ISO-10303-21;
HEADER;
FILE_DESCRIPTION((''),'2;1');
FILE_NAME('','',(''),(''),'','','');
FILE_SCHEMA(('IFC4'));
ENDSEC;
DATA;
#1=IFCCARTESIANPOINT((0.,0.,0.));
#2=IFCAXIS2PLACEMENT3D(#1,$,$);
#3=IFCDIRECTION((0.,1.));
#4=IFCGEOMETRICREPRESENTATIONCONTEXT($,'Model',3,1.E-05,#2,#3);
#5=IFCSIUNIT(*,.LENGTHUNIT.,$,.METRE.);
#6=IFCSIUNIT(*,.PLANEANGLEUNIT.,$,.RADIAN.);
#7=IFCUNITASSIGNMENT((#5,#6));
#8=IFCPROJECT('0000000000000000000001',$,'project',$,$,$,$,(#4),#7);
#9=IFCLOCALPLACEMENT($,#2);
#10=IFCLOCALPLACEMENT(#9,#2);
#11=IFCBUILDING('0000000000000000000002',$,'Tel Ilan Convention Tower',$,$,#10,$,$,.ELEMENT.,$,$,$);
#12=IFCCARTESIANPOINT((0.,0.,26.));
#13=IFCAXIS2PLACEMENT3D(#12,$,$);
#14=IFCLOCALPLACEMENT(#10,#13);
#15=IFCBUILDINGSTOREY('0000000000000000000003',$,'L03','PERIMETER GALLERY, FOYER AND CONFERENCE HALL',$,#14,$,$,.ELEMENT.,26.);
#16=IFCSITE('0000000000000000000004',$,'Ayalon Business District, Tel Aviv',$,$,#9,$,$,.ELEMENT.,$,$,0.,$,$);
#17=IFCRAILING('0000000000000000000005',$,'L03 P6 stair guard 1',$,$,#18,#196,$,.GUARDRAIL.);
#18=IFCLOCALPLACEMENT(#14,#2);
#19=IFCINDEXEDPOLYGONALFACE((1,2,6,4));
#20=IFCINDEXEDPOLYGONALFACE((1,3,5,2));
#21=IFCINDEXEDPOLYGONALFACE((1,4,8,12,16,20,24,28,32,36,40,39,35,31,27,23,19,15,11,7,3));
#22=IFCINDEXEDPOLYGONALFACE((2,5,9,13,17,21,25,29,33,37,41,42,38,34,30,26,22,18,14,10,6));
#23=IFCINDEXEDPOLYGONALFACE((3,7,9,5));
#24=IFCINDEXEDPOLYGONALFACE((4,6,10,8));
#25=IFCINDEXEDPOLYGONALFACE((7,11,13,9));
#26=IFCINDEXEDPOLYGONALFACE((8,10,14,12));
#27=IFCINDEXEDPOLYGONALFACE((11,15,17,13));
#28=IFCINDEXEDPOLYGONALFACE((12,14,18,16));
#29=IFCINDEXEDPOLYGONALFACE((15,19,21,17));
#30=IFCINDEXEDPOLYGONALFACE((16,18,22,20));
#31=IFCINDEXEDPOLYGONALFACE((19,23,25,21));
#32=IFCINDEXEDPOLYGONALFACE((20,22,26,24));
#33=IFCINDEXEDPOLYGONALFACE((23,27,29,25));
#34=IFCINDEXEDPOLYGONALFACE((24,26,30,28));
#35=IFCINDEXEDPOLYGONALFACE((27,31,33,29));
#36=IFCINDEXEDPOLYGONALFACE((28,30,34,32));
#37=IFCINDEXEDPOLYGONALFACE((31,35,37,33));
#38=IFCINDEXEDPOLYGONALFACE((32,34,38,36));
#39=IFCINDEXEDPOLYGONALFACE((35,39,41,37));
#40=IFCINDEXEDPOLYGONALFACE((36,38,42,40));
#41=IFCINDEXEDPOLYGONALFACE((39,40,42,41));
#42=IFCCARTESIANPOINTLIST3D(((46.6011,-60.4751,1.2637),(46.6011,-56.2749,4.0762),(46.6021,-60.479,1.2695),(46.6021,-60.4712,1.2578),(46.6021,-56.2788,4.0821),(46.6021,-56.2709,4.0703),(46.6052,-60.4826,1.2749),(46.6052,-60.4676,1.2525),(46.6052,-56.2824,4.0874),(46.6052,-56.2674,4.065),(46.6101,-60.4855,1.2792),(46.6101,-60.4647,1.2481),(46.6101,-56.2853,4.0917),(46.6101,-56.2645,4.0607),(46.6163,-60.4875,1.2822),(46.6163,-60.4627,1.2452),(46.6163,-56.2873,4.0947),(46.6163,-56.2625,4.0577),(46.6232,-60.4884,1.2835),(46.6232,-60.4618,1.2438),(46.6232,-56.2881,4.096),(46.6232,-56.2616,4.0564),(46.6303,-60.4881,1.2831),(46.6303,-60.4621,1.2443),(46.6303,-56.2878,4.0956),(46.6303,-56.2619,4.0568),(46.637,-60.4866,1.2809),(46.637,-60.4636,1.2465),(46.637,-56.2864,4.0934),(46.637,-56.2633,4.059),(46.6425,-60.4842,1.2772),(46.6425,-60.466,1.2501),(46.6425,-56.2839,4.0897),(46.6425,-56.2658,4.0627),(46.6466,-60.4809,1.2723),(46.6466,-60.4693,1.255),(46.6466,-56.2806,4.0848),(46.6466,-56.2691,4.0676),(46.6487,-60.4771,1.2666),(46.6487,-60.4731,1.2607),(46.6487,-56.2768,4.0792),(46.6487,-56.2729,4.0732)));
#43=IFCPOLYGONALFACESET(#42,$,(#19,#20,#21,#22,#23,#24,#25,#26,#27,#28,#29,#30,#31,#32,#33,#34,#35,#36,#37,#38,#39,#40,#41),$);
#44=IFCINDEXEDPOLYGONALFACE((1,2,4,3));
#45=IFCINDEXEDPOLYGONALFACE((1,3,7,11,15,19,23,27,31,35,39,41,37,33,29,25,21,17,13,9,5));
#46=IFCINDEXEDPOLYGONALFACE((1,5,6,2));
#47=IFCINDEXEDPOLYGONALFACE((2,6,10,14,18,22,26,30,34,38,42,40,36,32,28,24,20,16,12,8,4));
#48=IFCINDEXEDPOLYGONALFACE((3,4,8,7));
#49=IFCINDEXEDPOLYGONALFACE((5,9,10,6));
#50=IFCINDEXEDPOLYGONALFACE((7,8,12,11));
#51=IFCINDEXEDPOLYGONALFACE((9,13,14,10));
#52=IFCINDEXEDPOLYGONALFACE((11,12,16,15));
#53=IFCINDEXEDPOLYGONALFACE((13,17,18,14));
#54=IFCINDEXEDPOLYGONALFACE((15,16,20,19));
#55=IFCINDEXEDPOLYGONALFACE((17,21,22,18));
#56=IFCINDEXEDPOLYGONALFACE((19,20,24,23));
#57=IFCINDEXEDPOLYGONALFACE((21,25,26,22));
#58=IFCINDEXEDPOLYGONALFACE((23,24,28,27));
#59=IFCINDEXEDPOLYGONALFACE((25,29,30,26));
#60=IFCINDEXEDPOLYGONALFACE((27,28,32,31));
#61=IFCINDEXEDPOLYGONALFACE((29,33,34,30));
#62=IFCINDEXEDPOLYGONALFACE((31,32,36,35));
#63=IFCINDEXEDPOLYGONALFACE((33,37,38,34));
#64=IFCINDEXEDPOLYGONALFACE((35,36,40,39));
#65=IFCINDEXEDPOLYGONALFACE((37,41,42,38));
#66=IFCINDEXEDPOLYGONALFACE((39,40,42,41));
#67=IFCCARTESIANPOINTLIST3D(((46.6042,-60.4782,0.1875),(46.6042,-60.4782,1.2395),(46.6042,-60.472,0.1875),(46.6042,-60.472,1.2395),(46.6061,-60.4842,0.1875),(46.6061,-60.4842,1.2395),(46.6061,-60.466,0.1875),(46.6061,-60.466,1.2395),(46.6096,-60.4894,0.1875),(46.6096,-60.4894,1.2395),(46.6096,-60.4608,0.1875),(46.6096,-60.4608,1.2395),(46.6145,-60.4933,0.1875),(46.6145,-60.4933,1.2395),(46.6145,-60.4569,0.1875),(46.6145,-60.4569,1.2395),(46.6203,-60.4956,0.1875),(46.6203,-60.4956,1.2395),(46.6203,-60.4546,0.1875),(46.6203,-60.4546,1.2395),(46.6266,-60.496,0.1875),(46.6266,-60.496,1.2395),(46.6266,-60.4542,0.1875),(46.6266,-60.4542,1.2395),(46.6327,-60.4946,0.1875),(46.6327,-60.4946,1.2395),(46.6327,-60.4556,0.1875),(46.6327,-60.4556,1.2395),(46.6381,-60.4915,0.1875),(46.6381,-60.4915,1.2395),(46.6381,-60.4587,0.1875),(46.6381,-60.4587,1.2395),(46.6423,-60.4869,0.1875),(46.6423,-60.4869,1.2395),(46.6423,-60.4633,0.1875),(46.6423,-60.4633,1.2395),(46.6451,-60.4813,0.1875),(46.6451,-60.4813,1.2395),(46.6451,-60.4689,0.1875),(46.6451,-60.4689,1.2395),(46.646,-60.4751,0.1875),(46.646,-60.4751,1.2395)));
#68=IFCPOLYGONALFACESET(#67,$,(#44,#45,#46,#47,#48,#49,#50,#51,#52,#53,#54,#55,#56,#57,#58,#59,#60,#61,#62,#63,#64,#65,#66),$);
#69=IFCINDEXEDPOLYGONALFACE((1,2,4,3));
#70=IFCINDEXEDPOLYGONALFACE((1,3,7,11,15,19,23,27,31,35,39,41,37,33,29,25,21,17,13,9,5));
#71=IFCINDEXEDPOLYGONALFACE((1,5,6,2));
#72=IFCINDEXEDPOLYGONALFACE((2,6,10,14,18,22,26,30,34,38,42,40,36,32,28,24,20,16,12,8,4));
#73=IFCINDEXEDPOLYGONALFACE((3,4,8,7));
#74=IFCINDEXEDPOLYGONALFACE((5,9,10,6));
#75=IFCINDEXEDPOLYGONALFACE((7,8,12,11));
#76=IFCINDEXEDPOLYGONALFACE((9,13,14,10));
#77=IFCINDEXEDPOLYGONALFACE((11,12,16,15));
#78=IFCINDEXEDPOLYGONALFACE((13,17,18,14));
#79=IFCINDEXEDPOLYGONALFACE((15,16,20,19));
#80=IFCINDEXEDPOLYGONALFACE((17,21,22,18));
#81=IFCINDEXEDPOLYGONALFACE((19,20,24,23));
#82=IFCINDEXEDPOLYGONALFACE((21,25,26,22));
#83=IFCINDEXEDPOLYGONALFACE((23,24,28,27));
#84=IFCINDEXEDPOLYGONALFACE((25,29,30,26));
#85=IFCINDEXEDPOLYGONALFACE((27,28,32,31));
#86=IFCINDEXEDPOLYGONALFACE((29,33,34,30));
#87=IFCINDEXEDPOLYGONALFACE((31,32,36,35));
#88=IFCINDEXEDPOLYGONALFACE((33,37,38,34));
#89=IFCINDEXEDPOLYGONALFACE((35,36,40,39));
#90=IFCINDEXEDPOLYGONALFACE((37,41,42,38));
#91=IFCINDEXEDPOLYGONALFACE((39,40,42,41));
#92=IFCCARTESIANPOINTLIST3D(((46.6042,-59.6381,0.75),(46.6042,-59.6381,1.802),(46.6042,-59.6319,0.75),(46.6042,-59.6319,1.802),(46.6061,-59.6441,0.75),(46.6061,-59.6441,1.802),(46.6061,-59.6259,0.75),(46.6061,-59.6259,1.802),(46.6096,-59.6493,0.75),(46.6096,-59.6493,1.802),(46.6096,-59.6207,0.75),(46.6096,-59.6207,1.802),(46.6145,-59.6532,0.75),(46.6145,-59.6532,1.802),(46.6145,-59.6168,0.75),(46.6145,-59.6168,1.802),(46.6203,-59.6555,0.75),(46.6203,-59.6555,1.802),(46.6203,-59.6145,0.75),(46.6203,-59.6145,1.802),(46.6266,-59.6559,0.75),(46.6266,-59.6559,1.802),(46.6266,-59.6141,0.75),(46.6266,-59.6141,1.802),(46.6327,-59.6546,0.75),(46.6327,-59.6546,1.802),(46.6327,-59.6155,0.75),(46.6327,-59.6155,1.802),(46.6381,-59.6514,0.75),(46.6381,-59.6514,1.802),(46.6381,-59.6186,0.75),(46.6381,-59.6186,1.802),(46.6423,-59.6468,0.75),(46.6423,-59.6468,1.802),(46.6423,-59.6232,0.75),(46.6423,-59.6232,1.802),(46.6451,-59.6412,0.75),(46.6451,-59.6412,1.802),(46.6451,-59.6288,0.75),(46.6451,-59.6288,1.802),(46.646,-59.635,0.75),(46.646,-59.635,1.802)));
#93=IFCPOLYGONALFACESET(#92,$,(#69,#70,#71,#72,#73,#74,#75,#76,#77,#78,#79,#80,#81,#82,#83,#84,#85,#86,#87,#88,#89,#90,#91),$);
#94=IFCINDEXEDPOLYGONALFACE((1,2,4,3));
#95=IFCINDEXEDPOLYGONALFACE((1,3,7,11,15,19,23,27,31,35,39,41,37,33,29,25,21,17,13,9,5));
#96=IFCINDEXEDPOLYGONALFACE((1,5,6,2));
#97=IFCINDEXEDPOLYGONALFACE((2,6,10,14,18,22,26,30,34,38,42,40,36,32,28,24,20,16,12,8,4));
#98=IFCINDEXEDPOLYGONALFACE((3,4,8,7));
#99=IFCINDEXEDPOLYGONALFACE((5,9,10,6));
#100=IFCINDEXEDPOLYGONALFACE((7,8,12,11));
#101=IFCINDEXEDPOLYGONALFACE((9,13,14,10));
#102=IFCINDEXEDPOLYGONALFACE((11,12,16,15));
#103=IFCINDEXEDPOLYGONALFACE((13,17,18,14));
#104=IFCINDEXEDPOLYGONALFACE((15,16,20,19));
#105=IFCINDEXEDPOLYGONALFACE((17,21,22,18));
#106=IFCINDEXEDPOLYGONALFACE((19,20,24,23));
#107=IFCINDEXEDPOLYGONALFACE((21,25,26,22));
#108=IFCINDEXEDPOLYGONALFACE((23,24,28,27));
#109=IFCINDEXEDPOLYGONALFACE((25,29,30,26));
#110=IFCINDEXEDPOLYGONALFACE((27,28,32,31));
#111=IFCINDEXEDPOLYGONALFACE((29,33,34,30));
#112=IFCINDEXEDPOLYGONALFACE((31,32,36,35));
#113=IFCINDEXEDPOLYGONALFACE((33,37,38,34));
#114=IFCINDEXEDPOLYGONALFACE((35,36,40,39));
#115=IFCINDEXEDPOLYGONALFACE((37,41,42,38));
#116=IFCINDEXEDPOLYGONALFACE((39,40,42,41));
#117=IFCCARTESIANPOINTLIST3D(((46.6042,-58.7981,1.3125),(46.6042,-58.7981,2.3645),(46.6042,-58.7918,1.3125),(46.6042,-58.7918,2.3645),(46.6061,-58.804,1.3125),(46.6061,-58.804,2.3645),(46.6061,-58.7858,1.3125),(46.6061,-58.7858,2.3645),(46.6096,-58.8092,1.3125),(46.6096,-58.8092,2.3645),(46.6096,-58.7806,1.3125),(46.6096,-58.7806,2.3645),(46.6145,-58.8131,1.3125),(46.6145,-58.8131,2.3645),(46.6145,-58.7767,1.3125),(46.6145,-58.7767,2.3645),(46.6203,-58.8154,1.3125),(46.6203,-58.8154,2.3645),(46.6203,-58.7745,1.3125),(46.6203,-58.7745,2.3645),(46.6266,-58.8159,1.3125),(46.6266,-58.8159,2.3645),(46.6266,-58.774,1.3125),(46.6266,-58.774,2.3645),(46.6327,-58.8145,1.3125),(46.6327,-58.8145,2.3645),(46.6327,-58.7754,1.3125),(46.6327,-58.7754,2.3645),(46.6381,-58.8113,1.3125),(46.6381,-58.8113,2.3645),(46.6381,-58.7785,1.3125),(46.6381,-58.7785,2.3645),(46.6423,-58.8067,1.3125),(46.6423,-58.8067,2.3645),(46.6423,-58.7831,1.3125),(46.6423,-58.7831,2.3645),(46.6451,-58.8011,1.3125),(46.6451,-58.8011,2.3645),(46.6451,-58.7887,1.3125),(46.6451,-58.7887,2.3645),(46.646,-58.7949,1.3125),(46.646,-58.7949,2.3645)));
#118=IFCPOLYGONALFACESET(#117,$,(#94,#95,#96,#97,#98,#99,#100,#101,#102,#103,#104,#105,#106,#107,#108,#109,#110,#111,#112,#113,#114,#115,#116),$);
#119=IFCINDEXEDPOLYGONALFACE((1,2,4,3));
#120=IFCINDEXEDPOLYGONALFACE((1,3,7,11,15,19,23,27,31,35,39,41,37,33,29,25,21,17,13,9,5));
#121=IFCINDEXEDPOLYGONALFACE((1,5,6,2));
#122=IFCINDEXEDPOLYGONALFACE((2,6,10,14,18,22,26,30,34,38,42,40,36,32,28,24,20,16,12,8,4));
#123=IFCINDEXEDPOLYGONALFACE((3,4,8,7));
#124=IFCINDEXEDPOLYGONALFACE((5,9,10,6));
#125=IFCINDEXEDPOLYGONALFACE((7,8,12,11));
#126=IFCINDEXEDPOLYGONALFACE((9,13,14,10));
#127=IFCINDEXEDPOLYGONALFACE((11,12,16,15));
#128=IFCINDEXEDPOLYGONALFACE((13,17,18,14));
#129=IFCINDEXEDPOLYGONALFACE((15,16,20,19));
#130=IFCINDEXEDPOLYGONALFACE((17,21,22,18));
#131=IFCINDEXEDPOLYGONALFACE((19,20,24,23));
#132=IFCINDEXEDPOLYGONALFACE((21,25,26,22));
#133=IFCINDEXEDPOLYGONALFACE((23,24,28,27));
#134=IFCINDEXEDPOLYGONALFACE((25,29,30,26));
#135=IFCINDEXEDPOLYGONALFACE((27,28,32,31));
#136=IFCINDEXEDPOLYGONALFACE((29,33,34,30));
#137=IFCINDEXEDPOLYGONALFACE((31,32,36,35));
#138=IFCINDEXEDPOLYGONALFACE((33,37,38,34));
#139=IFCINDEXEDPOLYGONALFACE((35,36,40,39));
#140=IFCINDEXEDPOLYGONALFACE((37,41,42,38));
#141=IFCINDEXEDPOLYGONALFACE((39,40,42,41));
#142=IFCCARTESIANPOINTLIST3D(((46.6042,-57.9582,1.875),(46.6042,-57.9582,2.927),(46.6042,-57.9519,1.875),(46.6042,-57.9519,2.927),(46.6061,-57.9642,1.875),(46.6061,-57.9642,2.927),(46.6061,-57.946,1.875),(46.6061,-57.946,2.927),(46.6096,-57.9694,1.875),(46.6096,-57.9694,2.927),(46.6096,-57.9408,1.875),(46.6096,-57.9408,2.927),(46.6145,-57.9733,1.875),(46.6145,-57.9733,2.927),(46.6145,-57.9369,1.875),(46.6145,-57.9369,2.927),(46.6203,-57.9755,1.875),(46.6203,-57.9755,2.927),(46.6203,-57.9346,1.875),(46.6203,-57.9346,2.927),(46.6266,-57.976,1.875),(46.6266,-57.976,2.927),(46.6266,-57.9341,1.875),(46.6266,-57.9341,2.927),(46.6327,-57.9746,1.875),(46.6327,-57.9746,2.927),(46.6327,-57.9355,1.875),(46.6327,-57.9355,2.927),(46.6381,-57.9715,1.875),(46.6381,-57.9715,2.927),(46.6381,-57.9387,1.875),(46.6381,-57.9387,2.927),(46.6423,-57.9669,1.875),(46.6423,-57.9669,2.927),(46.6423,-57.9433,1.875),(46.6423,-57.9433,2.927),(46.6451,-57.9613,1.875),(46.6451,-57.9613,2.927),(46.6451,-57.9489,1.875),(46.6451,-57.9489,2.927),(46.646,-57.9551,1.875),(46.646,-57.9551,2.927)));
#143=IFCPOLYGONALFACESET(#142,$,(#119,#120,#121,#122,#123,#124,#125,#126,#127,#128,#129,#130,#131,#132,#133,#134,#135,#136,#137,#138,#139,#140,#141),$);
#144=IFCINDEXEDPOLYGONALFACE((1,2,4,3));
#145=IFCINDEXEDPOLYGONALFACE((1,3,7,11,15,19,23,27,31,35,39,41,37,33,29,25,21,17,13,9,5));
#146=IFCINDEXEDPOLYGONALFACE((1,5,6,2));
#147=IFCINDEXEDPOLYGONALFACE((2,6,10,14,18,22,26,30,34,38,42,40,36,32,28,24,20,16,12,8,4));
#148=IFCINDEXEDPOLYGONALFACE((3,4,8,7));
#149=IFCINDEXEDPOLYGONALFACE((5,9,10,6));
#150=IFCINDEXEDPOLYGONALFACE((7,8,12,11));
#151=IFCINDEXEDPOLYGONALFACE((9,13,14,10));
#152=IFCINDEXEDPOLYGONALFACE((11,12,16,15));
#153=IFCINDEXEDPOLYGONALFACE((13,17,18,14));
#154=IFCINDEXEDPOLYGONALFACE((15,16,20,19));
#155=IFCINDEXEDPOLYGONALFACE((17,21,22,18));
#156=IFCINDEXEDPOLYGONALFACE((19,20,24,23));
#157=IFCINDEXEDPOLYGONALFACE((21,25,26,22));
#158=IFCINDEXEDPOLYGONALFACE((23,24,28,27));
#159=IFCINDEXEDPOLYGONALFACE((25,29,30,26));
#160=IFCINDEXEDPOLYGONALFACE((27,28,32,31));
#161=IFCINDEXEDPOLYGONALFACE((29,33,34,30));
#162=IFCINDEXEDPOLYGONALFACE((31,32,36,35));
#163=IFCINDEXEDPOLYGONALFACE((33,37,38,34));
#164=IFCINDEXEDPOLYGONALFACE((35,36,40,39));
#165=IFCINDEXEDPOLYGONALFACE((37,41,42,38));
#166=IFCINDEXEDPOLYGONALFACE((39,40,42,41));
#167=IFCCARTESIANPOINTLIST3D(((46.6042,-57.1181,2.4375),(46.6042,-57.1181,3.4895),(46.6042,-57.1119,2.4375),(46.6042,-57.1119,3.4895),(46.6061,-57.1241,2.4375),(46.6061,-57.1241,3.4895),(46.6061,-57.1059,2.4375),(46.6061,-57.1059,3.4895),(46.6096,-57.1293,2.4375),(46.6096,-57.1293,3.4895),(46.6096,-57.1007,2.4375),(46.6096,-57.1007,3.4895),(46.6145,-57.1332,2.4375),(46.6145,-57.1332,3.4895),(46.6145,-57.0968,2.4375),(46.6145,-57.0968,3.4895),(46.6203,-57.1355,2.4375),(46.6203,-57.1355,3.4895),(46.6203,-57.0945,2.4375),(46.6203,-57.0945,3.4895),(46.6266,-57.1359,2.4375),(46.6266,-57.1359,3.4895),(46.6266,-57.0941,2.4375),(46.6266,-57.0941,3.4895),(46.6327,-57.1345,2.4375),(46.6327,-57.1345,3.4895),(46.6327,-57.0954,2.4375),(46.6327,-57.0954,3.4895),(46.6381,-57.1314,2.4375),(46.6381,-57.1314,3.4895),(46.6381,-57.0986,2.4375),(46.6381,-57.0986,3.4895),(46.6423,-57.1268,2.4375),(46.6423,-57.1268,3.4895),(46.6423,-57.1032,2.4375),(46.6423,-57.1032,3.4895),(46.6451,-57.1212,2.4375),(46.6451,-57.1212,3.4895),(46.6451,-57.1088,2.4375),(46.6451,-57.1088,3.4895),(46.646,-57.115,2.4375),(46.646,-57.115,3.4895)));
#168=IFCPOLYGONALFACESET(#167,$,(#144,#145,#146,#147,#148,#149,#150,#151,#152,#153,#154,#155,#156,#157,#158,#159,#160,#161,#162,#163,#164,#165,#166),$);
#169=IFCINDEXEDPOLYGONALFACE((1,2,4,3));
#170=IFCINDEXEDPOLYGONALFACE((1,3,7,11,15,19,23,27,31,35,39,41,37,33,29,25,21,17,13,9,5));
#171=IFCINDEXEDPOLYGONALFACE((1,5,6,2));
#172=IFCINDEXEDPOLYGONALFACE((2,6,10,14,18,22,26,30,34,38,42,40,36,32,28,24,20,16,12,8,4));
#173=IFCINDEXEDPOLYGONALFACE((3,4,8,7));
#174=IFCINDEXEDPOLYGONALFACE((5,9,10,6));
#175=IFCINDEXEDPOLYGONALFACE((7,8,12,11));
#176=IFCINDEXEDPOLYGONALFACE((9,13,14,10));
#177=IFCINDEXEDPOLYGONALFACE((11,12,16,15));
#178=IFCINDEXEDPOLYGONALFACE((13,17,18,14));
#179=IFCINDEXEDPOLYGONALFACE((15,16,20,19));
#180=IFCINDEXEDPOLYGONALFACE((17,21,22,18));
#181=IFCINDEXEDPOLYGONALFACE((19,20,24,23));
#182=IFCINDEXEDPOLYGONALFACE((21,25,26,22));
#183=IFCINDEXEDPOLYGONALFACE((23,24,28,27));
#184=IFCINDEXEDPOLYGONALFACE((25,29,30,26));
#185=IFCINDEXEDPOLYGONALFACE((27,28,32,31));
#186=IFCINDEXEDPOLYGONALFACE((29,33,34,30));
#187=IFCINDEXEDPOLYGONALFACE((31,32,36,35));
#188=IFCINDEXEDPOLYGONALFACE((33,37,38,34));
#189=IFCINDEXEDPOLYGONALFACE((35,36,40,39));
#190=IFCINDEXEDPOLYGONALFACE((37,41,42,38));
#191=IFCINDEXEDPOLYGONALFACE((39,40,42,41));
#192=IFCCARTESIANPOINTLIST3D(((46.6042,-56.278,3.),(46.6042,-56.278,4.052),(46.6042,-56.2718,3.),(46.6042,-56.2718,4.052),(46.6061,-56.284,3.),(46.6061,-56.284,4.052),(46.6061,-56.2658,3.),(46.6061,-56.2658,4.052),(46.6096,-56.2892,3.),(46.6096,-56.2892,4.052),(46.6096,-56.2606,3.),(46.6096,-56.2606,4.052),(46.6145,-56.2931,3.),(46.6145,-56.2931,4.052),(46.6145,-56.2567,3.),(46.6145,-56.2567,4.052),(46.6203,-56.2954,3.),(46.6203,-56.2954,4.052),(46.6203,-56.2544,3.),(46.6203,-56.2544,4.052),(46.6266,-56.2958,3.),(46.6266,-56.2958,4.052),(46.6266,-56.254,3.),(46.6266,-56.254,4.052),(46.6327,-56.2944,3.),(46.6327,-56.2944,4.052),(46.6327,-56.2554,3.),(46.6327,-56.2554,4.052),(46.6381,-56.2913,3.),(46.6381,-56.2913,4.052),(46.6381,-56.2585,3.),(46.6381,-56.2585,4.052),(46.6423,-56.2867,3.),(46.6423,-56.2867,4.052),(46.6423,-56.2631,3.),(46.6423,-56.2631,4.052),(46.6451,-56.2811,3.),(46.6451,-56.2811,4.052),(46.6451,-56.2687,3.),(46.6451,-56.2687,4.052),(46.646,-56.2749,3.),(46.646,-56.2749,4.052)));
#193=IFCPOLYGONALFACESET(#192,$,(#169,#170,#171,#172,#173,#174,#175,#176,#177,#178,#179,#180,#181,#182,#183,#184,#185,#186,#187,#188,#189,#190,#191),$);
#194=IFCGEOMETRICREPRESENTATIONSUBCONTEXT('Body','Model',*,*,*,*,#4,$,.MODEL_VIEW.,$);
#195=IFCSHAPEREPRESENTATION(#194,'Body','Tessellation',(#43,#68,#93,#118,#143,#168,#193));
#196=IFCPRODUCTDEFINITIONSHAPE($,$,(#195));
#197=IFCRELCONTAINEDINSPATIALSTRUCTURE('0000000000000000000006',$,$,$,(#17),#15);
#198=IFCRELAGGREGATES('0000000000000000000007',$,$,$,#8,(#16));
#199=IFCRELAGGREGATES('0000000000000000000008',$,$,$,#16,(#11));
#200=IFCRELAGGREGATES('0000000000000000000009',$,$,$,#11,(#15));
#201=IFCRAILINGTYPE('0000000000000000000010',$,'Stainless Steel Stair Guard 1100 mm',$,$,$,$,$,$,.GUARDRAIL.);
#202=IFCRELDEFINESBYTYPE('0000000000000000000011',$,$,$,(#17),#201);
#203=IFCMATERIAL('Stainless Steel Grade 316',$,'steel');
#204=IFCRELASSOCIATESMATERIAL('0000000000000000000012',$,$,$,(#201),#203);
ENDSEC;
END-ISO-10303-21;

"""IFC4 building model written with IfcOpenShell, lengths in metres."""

from ifc_helpers import new_model, si_unit, direction, frame, origin, origin_2d, place, context, subcontext, project, spatial, circle, extrude, material, type_object, element, save


model = new_model("IFC4")

# Units and contexts
model_context = context("Model", 3, precision=1e-05, world=origin(), true_north=direction((0.0, 1.0)))
body_context = subcontext(model_context, "Body", "Model", "MODEL_VIEW")
ifc_project = project(units=[si_unit("LENGTHUNIT", "METRE"), si_unit("PLANEANGLEUNIT", "RADIAN")], contexts=[model_context])

# Site, building, storey
site_placement = place(None, origin())
site = spatial("IfcSite", under=ifc_project, at=site_placement, Name="Ayalon Business District, Tel Aviv", CompositionType="ELEMENT", RefElevation=0.0)
building_placement = place(site_placement, origin())
building = spatial("IfcBuilding", under=site, at=building_placement, Name="Tel Ilan Convention Tower", CompositionType="ELEMENT")
storey_placement = place(building_placement, frame((0.0, 0.0, 26.0)))
storey = spatial("IfcBuildingStorey", under=building, at=storey_placement, Name="L03", Description="PERIMETER GALLERY, FOYER AND CONFERENCE HALL", CompositionType="ELEMENT", Elevation=26.0)

# Railing
ifc_material_1 = material(Name="Stainless Steel Grade 316", Category="steel")
railing_type_1 = type_object("IfcRailingType", Name="Stainless Steel Stair Guard 1100 mm", PredefinedType="GUARDRAIL", material=ifc_material_1)
railing_1_placement = place(storey_placement, frame((46.625, -60.4751, 0.1875)))
element("IfcRailing", 1, at=railing_1_placement, inside=storey, type_object=railing_type_1, Name="L03 P6 stair guard 1", PredefinedType="GUARDRAIL", context=body_context, shape_type="SweptSolid", body=[
    extrude(circle(Radius=0.0239, at=origin_2d()), frame((0.0, 0.0, 1.0762), z_axis=(0.0, 0.830919, 0.556393), x_axis=(-1.0, 0.0, 0.0)), (0.0, 0.0, 1.0), 5.0549),
    extrude(circle(Radius=0.021, at=origin_2d()), origin(), (0.0, 0.0, 1.0), 1.052),
    extrude(circle(Radius=0.021, at=origin_2d()), frame((0.0, 0.8401, 0.5625)), (0.0, 0.0, 1.0), 1.052),
    extrude(circle(Radius=0.021, at=origin_2d()), frame((0.0, 1.6802, 1.125)), (0.0, 0.0, 1.0), 1.052),
    extrude(circle(Radius=0.021, at=origin_2d()), frame((0.0, 2.52, 1.6875)), (0.0, 0.0, 1.0), 1.052),
    extrude(circle(Radius=0.021, at=origin_2d()), frame((0.0, 3.3601, 2.25)), (0.0, 0.0, 1.0), 1.052),
    extrude(circle(Radius=0.021, at=origin_2d()), frame((0.0, 4.2002, 2.8125)), (0.0, 0.0, 1.0), 1.052),
])

save(model, "model.ifc")
